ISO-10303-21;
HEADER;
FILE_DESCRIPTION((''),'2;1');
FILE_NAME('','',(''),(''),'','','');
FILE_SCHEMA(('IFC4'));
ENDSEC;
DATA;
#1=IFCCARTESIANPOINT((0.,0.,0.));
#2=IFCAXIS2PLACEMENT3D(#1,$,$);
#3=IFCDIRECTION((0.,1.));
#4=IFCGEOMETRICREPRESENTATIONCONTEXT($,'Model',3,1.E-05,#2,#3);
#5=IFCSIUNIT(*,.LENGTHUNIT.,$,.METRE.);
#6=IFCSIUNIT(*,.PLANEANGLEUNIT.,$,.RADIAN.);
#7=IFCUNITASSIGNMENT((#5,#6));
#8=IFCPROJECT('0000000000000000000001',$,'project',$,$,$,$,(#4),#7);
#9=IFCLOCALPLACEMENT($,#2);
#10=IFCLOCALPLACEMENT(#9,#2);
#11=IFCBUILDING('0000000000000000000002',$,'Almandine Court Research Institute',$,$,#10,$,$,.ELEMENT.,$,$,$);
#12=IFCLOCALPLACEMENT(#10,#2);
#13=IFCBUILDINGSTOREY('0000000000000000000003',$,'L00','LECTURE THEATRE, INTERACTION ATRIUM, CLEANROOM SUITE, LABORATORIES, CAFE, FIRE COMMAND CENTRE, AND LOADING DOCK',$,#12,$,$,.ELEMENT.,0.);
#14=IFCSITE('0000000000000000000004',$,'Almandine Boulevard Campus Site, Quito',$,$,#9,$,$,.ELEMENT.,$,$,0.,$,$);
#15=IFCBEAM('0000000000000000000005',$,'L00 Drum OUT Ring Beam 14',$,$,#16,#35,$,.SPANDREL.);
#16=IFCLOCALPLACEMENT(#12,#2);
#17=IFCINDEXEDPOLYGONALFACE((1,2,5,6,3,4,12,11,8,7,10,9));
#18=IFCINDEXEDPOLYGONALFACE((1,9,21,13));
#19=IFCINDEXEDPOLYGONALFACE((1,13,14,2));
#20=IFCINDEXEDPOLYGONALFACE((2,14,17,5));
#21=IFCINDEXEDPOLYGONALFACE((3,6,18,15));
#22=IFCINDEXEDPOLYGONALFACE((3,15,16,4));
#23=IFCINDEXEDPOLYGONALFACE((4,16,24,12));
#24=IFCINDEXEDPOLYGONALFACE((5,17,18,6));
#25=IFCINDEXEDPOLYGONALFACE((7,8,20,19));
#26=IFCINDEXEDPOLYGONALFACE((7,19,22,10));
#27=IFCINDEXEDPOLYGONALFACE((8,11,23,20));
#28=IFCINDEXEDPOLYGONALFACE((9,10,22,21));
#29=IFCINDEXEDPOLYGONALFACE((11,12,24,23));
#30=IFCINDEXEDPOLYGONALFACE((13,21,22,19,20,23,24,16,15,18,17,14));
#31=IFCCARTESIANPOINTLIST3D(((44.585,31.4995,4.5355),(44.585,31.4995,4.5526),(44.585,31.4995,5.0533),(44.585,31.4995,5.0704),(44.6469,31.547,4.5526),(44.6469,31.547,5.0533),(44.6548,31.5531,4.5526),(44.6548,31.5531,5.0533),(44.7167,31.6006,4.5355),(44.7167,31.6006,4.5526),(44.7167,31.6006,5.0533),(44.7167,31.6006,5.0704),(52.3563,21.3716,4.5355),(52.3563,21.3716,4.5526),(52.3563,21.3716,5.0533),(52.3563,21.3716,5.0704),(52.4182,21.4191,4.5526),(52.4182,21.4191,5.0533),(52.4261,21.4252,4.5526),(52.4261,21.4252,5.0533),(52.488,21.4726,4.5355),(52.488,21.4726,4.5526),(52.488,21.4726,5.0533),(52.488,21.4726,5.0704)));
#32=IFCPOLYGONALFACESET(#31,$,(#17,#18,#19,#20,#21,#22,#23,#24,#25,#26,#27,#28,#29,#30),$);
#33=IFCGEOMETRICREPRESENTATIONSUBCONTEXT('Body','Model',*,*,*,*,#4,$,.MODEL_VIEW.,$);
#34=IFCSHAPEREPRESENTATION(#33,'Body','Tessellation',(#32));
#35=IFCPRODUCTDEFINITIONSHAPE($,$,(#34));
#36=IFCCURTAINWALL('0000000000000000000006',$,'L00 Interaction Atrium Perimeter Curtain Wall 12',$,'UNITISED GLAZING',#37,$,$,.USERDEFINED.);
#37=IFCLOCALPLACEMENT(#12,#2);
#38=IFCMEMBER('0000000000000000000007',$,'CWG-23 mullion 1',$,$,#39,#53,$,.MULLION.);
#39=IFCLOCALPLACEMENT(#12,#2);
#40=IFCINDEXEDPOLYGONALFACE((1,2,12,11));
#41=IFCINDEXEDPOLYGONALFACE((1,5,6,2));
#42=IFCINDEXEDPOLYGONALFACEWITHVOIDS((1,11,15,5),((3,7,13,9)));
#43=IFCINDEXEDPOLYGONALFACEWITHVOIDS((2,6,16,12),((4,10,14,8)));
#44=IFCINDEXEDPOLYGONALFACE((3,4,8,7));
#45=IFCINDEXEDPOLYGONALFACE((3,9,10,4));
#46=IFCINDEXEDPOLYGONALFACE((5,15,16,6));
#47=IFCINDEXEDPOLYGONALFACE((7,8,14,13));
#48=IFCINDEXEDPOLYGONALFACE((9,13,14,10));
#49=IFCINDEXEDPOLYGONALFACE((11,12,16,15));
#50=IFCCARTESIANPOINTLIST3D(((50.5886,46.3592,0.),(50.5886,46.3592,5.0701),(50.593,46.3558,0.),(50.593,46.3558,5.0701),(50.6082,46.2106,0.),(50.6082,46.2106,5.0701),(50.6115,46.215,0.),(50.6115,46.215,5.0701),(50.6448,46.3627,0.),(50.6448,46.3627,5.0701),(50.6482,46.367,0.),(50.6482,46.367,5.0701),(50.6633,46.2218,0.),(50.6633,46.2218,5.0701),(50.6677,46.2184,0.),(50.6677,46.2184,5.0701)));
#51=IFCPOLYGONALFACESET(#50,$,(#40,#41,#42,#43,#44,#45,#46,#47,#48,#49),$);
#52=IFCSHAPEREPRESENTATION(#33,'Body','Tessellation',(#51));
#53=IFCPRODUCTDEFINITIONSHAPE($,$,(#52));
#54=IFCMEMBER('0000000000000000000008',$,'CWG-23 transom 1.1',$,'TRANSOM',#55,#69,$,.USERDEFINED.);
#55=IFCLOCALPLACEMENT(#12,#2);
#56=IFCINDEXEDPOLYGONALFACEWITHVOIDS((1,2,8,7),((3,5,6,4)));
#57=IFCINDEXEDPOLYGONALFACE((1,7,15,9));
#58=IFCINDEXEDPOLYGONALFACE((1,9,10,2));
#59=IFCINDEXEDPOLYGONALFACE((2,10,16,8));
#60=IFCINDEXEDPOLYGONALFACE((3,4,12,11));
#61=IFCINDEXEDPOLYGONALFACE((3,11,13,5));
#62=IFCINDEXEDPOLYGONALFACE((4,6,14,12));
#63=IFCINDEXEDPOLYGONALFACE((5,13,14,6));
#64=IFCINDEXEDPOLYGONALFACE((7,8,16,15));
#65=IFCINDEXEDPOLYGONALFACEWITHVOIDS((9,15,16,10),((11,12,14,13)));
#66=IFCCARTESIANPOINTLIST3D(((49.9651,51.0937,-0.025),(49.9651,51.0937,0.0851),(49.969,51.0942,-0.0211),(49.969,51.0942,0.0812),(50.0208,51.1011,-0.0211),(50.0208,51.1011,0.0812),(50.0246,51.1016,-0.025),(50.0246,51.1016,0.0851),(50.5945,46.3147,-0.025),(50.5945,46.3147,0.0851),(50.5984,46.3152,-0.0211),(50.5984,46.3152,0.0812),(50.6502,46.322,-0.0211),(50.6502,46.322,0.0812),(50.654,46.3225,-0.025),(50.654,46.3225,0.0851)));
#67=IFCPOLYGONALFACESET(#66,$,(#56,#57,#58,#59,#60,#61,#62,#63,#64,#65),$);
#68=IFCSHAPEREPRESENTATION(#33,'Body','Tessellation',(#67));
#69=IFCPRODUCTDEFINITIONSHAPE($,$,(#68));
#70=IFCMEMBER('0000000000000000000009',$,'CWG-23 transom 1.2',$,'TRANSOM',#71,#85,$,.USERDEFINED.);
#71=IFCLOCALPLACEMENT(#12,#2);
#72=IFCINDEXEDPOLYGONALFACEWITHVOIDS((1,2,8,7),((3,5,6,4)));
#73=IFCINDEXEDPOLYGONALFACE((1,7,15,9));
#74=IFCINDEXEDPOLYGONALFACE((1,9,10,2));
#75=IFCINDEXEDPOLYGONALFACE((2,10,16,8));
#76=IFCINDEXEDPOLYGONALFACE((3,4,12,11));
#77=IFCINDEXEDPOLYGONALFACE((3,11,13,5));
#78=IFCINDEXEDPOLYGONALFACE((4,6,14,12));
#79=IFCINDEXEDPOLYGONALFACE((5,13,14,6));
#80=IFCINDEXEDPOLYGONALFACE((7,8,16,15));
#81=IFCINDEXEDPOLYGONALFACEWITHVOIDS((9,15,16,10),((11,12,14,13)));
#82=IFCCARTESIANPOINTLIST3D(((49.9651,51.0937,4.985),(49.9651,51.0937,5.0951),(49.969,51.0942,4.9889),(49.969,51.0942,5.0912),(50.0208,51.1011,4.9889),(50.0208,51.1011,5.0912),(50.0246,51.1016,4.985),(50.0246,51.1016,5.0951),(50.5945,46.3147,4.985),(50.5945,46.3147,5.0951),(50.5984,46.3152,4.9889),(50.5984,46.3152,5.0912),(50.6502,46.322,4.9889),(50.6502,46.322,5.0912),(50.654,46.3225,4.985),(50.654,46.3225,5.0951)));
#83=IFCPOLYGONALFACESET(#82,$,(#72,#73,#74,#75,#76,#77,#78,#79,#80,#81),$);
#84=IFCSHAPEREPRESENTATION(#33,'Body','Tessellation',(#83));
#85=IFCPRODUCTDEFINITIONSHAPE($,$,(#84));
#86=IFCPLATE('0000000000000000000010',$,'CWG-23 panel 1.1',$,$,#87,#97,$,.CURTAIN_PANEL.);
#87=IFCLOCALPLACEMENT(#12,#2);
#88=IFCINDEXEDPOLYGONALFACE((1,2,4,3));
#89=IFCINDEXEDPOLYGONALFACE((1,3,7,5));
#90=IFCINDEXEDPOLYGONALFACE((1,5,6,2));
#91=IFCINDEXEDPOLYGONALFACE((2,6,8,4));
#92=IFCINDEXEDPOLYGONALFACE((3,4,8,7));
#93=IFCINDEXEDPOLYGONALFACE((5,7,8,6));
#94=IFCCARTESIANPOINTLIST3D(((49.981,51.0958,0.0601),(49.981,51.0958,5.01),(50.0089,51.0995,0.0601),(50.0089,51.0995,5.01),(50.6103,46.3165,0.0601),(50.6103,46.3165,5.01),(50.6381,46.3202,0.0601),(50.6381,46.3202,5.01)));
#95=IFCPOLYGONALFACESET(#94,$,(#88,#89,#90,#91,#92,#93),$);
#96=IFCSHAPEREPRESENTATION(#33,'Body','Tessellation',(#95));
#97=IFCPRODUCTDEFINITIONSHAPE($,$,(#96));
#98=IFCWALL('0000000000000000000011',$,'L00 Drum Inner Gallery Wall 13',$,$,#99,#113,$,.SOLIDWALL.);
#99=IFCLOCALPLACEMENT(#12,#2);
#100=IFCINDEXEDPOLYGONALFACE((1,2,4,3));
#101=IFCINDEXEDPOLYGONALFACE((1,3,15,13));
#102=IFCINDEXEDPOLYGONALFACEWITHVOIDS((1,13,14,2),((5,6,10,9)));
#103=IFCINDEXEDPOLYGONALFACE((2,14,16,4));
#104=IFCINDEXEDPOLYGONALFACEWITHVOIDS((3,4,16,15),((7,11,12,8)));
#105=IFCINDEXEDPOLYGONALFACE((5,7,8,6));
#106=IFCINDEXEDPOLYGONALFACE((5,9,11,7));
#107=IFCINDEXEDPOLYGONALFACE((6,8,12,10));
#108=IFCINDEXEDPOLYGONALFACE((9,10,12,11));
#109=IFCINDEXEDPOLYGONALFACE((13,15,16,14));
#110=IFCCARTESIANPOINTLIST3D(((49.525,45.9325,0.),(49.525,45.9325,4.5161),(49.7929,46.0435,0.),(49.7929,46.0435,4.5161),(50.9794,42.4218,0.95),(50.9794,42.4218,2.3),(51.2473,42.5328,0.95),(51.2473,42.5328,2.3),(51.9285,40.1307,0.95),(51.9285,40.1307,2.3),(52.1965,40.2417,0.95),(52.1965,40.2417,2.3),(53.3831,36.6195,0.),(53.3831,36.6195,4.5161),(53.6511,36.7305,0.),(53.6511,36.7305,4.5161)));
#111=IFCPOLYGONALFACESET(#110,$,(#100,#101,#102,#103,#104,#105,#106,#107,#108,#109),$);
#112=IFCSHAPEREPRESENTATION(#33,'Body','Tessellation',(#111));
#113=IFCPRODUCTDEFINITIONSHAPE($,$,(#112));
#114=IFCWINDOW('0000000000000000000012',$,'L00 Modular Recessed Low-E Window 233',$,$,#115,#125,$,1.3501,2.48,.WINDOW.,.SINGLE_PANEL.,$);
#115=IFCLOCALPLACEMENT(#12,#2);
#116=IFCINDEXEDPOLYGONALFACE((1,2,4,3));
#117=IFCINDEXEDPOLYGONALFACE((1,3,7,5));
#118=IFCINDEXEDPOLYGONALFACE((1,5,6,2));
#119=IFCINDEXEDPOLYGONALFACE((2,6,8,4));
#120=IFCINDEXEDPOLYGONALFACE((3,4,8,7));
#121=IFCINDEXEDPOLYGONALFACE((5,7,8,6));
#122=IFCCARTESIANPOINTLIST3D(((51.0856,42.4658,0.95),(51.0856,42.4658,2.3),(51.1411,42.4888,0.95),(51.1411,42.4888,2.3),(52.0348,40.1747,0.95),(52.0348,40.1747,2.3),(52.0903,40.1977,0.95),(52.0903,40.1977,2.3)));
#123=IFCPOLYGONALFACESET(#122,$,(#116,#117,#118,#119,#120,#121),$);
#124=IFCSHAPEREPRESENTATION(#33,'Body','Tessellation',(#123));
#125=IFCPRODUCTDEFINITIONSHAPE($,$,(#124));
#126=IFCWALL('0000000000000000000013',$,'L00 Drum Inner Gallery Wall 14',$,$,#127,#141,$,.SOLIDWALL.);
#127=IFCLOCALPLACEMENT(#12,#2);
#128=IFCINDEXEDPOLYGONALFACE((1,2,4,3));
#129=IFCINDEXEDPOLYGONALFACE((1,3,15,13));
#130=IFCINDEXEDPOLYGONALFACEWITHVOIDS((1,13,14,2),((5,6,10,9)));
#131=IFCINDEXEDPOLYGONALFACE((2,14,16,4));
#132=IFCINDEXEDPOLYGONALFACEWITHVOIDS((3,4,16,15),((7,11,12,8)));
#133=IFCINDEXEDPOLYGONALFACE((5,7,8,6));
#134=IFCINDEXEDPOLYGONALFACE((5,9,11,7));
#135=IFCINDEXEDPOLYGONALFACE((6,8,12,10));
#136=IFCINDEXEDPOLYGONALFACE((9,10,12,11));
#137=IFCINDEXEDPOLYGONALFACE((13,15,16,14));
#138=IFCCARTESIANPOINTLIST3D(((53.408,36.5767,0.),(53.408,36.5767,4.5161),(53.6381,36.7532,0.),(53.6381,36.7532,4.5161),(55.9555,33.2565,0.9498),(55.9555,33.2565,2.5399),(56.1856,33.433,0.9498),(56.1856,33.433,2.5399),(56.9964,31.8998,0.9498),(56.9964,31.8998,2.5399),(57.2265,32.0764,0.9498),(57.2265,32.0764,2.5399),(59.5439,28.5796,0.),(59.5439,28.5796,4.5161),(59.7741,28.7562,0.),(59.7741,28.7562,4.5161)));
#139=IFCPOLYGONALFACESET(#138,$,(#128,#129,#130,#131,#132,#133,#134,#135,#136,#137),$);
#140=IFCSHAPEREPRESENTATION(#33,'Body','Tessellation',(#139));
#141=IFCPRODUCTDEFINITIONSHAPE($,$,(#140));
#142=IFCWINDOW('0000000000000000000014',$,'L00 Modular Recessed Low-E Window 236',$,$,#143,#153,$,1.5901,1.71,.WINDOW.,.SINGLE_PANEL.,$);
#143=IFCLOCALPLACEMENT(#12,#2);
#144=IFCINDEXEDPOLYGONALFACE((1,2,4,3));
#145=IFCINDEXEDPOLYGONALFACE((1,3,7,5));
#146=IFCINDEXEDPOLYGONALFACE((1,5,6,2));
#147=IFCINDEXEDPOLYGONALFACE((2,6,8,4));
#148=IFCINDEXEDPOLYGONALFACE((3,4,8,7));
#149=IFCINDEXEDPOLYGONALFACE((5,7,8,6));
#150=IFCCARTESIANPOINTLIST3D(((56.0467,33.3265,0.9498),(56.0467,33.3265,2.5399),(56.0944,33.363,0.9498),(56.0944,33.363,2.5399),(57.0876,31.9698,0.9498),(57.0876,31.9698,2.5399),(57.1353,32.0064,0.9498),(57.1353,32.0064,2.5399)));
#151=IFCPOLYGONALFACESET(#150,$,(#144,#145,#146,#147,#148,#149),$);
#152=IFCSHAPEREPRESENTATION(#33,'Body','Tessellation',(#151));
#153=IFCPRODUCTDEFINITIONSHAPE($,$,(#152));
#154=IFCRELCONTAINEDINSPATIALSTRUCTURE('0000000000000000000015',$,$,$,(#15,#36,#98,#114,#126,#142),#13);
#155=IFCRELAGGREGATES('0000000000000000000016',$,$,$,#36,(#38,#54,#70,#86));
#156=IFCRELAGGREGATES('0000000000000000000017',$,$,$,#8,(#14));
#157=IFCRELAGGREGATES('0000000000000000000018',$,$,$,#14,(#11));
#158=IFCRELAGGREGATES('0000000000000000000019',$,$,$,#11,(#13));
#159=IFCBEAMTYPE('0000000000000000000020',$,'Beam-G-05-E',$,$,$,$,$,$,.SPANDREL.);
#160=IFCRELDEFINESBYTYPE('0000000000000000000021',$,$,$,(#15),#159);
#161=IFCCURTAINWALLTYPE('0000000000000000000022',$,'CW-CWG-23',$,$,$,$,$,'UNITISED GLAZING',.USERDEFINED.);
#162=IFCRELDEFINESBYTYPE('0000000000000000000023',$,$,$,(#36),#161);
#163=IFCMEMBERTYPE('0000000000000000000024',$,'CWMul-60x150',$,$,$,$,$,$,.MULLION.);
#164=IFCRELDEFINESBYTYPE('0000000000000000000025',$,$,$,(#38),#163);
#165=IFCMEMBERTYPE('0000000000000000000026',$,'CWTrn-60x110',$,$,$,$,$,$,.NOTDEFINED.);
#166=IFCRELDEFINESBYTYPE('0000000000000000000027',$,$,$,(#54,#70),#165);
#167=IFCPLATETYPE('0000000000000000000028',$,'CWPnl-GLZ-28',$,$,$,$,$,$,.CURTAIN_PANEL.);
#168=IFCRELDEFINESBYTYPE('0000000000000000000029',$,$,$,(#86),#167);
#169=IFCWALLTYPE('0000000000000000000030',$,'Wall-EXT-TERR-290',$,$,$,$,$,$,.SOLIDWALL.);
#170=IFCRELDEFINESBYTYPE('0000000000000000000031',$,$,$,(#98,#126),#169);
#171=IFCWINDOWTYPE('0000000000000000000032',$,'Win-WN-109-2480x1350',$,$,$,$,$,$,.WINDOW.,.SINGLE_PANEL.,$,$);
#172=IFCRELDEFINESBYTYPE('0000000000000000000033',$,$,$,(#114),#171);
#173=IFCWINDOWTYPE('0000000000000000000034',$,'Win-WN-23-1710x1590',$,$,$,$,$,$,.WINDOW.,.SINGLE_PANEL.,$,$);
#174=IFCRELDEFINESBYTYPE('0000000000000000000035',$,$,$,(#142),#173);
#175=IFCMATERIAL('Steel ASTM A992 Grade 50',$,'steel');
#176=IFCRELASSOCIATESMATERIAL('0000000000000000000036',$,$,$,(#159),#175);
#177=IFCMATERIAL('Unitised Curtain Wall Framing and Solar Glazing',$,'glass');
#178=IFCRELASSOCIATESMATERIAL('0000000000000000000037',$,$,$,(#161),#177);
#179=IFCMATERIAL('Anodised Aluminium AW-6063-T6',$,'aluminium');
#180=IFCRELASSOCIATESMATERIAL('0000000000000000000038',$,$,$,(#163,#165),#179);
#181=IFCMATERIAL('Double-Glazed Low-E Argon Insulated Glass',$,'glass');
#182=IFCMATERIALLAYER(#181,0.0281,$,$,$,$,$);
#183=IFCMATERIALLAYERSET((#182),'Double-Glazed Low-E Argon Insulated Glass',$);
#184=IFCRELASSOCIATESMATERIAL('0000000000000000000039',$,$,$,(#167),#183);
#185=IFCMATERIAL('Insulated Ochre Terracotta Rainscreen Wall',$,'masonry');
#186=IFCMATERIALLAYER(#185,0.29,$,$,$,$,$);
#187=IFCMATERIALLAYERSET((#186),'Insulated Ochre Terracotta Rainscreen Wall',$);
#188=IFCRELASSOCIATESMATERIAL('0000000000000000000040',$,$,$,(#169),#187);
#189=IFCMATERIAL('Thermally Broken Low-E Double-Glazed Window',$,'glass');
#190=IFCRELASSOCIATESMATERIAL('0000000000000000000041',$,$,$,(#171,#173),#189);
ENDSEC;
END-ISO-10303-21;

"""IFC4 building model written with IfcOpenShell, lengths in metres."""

from ifc_helpers import new_model, si_unit, direction, frame, frame_2d, origin, origin_2d, place, context, subcontext, project, spatial, rectangle, hollow_rectangle, i_section, extrude, material, layer, layer_set, material_profile, profile_set, type_object, element, fill, aggregate, save


model = new_model("IFC4")

# Units and contexts
model_context = context("Model", 3, precision=1e-05, world=origin(), true_north=direction((0.0, 1.0)))
body_context = subcontext(model_context, "Body", "Model", "MODEL_VIEW")
ifc_project = project(units=[si_unit("LENGTHUNIT", "METRE"), si_unit("PLANEANGLEUNIT", "RADIAN")], contexts=[model_context])

# Site, building, storey
site_placement = place(None, origin())
site = spatial("IfcSite", under=ifc_project, at=site_placement, Name="Almandine Boulevard Campus Site, Quito", CompositionType="ELEMENT", RefElevation=0.0)
building_placement = place(site_placement, origin())
building = spatial("IfcBuilding", under=site, at=building_placement, Name="Almandine Court Research Institute", CompositionType="ELEMENT")
storey_placement = place(building_placement, origin())
storey = spatial("IfcBuildingStorey", under=building, at=storey_placement, Name="L00", Description="LECTURE THEATRE, INTERACTION ATRIUM, CLEANROOM SUITE, LABORATORIES, CAFE, FIRE COMMAND CENTRE, AND LOADING DOCK", CompositionType="ELEMENT", Elevation=0.0)

# Shared definitions
ifc_material_1 = material(Name="Steel ASTM A992 Grade 50", Category="steel")

# Beam
ifc_material_profile_1 = material_profile(ifc_material_1, i_section(OverallWidth=0.166, OverallDepth=0.5349, WebThickness=0.01, FlangeThickness=0.0171, at=origin_2d()), Name="W530x85")
ifc_profile_set_1 = profile_set([ifc_material_profile_1], Name="Steel ASTM A992 Grade 50")
beam_type_1 = type_object("IfcBeamType", Name="Beam-G-05-E", PredefinedType="SPANDREL", material=ifc_profile_set_1)
beam_1_placement = place(storey_placement, frame((44.6509, 31.55, 4.803), z_axis=(0.608752, -0.793361, 0.0), x_axis=(0.793361, 0.608752, 0.0)))
element("IfcBeam", 1, at=beam_1_placement, inside=storey, type_object=beam_type_1, Name="L00 Drum OUT Ring Beam 14", PredefinedType="SPANDREL", context=body_context, shape_type="SweptSolid", body=[
    extrude(i_section(OverallWidth=0.166, OverallDepth=0.5349, WebThickness=0.01, FlangeThickness=0.0171, at=origin_2d()), origin(), (0.0, 0.0, 1.0), 12.7659),
])

# Curtain wall, members, plate
ifc_material_2 = material(Name="Unitised Curtain Wall Framing and Solar Glazing", Category="glass")
curtain_wall_type = type_object("IfcCurtainWallType", Name="CW-CWG-23", ElementType="UNITISED GLAZING", PredefinedType="USERDEFINED", material=ifc_material_2)
curtain_wall_placement = place(storey_placement, origin())
curtain_wall = element("IfcCurtainWall", 2, at=curtain_wall_placement, inside=storey, type_object=curtain_wall_type, Name="L00 Interaction Atrium Perimeter Curtain Wall 12", ObjectType="UNITISED GLAZING", PredefinedType="USERDEFINED")
ifc_material_3 = material(Name="Anodised Aluminium AW-6063-T6", Category="aluminium")
ifc_material_profile_2 = material_profile(ifc_material_3, hollow_rectangle(XDim=0.0601, YDim=0.1499, WallThickness=0.0039, at=origin_2d()), Name="ALU RHS 60x150x4")
ifc_profile_set_2 = profile_set([ifc_material_profile_2], Name="Anodised Aluminium AW-6063-T6")
member_type_1 = type_object("IfcMemberType", Name="CWMul-60x150", PredefinedType="MULLION", material=ifc_profile_set_2)
member_1_placement = place(storey_placement, frame((50.6282, 46.2888, 0.0), z_axis=(0.0, 0.0, 1.0), x_axis=(-0.991444, -0.130536, 0.0)))
member_1 = element("IfcMember", 3, at=member_1_placement, type_object=member_type_1, Name="CWG-23 mullion 1", PredefinedType="MULLION", context=body_context, shape_type="SweptSolid", body=[
    extrude(hollow_rectangle(XDim=0.0601, YDim=0.1499, WallThickness=0.0039, at=origin_2d()), origin(), (0.0, 0.0, 1.0), 5.0701),
])
ifc_material_profile_3 = material_profile(ifc_material_3, hollow_rectangle(XDim=0.0601, YDim=0.1101, WallThickness=0.0039, at=origin_2d()), Name="ALU RHS 60x110x4")
ifc_profile_set_3 = profile_set([ifc_material_profile_3], Name="Anodised Aluminium AW-6063-T6")
member_type_2 = type_object("IfcMemberType", Name="CWTrn-60x110", PredefinedType="NOTDEFINED", material=ifc_profile_set_3)
member_2_placement = place(storey_placement, frame((50.6243, 46.3186, 0.03), z_axis=(-0.130571, 0.991439, 0.0), x_axis=(-0.991439, -0.130571, 0.0)))
member_2 = element("IfcMember", 4, at=member_2_placement, type_object=member_type_2, Name="CWG-23 transom 1.1", ObjectType="TRANSOM", PredefinedType="USERDEFINED", context=body_context, shape_type="SweptSolid", body=[
    extrude(hollow_rectangle(XDim=0.0601, YDim=0.1101, WallThickness=0.0039, at=origin_2d()), origin(), (0.0, 0.0, 1.0), 4.8203),
])
member_3_placement = place(storey_placement, frame((50.6243, 46.3186, 5.04), z_axis=(-0.130571, 0.991439, 0.0), x_axis=(-0.991439, -0.130571, 0.0)))
member_3 = element("IfcMember", 5, at=member_3_placement, type_object=member_type_2, Name="CWG-23 transom 1.2", ObjectType="TRANSOM", PredefinedType="USERDEFINED", context=body_context, shape_type="SweptSolid", body=[
    extrude(hollow_rectangle(XDim=0.0601, YDim=0.1101, WallThickness=0.0039, at=origin_2d()), origin(), (0.0, 0.0, 1.0), 4.8203),
])
ifc_material_4 = material(Name="Double-Glazed Low-E Argon Insulated Glass", Category="glass")
ifc_layer_1 = layer(ifc_material_4, 0.0281)
ifc_layer_set_1 = layer_set([ifc_layer_1], Name="Double-Glazed Low-E Argon Insulated Glass")
plate_type = type_object("IfcPlateType", Name="CWPnl-GLZ-28", PredefinedType="CURTAIN_PANEL", material=ifc_layer_set_1)
plate_placement = place(storey_placement, frame((50.3096, 48.708, 0.0601), z_axis=(0.0, 0.0, 1.0), x_axis=(-0.130536, 0.991444, 0.0)))
plate = element("IfcPlate", 6, at=plate_placement, type_object=plate_type, Name="CWG-23 panel 1.1", PredefinedType="CURTAIN_PANEL", context=body_context, shape_type="SweptSolid", body=[
    extrude(rectangle(XDim=4.8206, YDim=0.0281, at=origin_2d()), origin(), (0.0, 0.0, 1.0), 4.95),
])
aggregate(curtain_wall, [member_1, member_2, member_3, plate])

# Walls, openings, windows
ifc_material_5 = material(Name="Insulated Ochre Terracotta Rainscreen Wall", Category="masonry")
ifc_layer_2 = layer(ifc_material_5, 0.29)
ifc_layer_set_2 = layer_set([ifc_layer_2], Name="Insulated Ochre Terracotta Rainscreen Wall")
wall_type_1 = type_object("IfcWallType", Name="Wall-EXT-TERR-290", PredefinedType="SOLIDWALL", material=ifc_layer_set_2)
wall_1_placement = place(storey_placement, frame((49.6589, 45.988, 0.0), z_axis=(0.0, 0.0, 1.0), x_axis=(0.382733, -0.923859, 0.0)))
wall_1 = element("IfcWall", 7, at=wall_1_placement, inside=storey, type_object=wall_type_1, Name="L00 Drum Inner Gallery Wall 13", PredefinedType="SOLIDWALL", context=body_context, shape_type="SweptSolid", body=[
    extrude(rectangle(XDim=10.0806, YDim=0.29, at=frame_2d((5.0403, 0.0))), origin(), (0.0, 0.0, 1.0), 4.5161),
])
opening_1_placement = place(wall_1_placement, frame((3.8, 0.0, 0.95)))
opening_1 = element("IfcOpeningElement", 8, at=opening_1_placement, cuts=wall_1, PredefinedType="OPENING", context=body_context, shape_type="SweptSolid", body=[
    extrude(rectangle(XDim=2.48, YDim=1.3501, at=frame_2d((1.24, 0.675))), frame((0.0, 0.155, 0.0), z_axis=(0.0, -1.0, 0.0), x_axis=(1.0, 0.0, 0.0)), (0.0, 0.0, 1.0), 0.3101),
])
ifc_material_6 = material(Name="Thermally Broken Low-E Double-Glazed Window", Category="glass")
window_type_1 = type_object("IfcWindowType", Name="Win-WN-109-2480x1350", PartitioningType="SINGLE_PANEL", PredefinedType="WINDOW", material=ifc_material_6)
window_1_placement = place(opening_1_placement, origin())
window_1 = element("IfcWindow", 9, at=window_1_placement, inside=storey, type_object=window_type_1, Name="L00 Modular Recessed Low-E Window 233", OverallHeight=1.3501, OverallWidth=2.48, PartitioningType="SINGLE_PANEL", PredefinedType="WINDOW", context=body_context, shape_type="SweptSolid", body=[
    extrude(rectangle(XDim=2.48, YDim=1.3501, at=frame_2d((1.24, 0.675))), frame((0.0, 0.03, 0.0), z_axis=(0.0, -1.0, 0.0), x_axis=(1.0, 0.0, 0.0)), (0.0, 0.0, 1.0), 0.0601),
])
fill(opening_1, window_1)
wall_2_placement = place(storey_placement, frame((53.5229, 36.665, 0.0), z_axis=(0.0, 0.0, 1.0), x_axis=(0.608738, -0.793372, 0.0)))
wall_2 = element("IfcWall", 10, at=wall_2_placement, inside=storey, type_object=wall_type_1, Name="L00 Drum Inner Gallery Wall 14", PredefinedType="SOLIDWALL", context=body_context, shape_type="SweptSolid", body=[
    extrude(rectangle(XDim=10.0798, YDim=0.29, at=frame_2d((5.04, 0.0))), origin(), (0.0, 0.0, 1.0), 4.5161),
])
opening_2_placement = place(wall_2_placement, frame((4.1851, 0.0, 0.95)))
opening_2 = element("IfcOpeningElement", 11, at=opening_2_placement, cuts=wall_2, PredefinedType="OPENING", context=body_context, shape_type="SweptSolid", body=[
    extrude(rectangle(XDim=1.71, YDim=1.5901, at=frame_2d((0.855, 0.7949))), frame((0.0, 0.155, 0.0), z_axis=(0.0, -1.0, 0.0), x_axis=(1.0, 0.0, 0.0)), (0.0, 0.0, 1.0), 0.3101),
])
window_type_2 = type_object("IfcWindowType", Name="Win-WN-23-1710x1590", PartitioningType="SINGLE_PANEL", PredefinedType="WINDOW", material=ifc_material_6)
window_2_placement = place(opening_2_placement, origin())
window_2 = element("IfcWindow", 12, at=window_2_placement, inside=storey, type_object=window_type_2, Name="L00 Modular Recessed Low-E Window 236", OverallHeight=1.5901, OverallWidth=1.71, PartitioningType="SINGLE_PANEL", PredefinedType="WINDOW", context=body_context, shape_type="SweptSolid", body=[
    extrude(rectangle(XDim=1.71, YDim=1.5901, at=frame_2d((0.855, 0.7949))), frame((0.0, 0.03, 0.0), z_axis=(0.0, -1.0, 0.0), x_axis=(1.0, 0.0, 0.0)), (0.0, 0.0, 1.0), 0.0601),
])
fill(opening_2, window_2)

save(model, "model.ifc")
